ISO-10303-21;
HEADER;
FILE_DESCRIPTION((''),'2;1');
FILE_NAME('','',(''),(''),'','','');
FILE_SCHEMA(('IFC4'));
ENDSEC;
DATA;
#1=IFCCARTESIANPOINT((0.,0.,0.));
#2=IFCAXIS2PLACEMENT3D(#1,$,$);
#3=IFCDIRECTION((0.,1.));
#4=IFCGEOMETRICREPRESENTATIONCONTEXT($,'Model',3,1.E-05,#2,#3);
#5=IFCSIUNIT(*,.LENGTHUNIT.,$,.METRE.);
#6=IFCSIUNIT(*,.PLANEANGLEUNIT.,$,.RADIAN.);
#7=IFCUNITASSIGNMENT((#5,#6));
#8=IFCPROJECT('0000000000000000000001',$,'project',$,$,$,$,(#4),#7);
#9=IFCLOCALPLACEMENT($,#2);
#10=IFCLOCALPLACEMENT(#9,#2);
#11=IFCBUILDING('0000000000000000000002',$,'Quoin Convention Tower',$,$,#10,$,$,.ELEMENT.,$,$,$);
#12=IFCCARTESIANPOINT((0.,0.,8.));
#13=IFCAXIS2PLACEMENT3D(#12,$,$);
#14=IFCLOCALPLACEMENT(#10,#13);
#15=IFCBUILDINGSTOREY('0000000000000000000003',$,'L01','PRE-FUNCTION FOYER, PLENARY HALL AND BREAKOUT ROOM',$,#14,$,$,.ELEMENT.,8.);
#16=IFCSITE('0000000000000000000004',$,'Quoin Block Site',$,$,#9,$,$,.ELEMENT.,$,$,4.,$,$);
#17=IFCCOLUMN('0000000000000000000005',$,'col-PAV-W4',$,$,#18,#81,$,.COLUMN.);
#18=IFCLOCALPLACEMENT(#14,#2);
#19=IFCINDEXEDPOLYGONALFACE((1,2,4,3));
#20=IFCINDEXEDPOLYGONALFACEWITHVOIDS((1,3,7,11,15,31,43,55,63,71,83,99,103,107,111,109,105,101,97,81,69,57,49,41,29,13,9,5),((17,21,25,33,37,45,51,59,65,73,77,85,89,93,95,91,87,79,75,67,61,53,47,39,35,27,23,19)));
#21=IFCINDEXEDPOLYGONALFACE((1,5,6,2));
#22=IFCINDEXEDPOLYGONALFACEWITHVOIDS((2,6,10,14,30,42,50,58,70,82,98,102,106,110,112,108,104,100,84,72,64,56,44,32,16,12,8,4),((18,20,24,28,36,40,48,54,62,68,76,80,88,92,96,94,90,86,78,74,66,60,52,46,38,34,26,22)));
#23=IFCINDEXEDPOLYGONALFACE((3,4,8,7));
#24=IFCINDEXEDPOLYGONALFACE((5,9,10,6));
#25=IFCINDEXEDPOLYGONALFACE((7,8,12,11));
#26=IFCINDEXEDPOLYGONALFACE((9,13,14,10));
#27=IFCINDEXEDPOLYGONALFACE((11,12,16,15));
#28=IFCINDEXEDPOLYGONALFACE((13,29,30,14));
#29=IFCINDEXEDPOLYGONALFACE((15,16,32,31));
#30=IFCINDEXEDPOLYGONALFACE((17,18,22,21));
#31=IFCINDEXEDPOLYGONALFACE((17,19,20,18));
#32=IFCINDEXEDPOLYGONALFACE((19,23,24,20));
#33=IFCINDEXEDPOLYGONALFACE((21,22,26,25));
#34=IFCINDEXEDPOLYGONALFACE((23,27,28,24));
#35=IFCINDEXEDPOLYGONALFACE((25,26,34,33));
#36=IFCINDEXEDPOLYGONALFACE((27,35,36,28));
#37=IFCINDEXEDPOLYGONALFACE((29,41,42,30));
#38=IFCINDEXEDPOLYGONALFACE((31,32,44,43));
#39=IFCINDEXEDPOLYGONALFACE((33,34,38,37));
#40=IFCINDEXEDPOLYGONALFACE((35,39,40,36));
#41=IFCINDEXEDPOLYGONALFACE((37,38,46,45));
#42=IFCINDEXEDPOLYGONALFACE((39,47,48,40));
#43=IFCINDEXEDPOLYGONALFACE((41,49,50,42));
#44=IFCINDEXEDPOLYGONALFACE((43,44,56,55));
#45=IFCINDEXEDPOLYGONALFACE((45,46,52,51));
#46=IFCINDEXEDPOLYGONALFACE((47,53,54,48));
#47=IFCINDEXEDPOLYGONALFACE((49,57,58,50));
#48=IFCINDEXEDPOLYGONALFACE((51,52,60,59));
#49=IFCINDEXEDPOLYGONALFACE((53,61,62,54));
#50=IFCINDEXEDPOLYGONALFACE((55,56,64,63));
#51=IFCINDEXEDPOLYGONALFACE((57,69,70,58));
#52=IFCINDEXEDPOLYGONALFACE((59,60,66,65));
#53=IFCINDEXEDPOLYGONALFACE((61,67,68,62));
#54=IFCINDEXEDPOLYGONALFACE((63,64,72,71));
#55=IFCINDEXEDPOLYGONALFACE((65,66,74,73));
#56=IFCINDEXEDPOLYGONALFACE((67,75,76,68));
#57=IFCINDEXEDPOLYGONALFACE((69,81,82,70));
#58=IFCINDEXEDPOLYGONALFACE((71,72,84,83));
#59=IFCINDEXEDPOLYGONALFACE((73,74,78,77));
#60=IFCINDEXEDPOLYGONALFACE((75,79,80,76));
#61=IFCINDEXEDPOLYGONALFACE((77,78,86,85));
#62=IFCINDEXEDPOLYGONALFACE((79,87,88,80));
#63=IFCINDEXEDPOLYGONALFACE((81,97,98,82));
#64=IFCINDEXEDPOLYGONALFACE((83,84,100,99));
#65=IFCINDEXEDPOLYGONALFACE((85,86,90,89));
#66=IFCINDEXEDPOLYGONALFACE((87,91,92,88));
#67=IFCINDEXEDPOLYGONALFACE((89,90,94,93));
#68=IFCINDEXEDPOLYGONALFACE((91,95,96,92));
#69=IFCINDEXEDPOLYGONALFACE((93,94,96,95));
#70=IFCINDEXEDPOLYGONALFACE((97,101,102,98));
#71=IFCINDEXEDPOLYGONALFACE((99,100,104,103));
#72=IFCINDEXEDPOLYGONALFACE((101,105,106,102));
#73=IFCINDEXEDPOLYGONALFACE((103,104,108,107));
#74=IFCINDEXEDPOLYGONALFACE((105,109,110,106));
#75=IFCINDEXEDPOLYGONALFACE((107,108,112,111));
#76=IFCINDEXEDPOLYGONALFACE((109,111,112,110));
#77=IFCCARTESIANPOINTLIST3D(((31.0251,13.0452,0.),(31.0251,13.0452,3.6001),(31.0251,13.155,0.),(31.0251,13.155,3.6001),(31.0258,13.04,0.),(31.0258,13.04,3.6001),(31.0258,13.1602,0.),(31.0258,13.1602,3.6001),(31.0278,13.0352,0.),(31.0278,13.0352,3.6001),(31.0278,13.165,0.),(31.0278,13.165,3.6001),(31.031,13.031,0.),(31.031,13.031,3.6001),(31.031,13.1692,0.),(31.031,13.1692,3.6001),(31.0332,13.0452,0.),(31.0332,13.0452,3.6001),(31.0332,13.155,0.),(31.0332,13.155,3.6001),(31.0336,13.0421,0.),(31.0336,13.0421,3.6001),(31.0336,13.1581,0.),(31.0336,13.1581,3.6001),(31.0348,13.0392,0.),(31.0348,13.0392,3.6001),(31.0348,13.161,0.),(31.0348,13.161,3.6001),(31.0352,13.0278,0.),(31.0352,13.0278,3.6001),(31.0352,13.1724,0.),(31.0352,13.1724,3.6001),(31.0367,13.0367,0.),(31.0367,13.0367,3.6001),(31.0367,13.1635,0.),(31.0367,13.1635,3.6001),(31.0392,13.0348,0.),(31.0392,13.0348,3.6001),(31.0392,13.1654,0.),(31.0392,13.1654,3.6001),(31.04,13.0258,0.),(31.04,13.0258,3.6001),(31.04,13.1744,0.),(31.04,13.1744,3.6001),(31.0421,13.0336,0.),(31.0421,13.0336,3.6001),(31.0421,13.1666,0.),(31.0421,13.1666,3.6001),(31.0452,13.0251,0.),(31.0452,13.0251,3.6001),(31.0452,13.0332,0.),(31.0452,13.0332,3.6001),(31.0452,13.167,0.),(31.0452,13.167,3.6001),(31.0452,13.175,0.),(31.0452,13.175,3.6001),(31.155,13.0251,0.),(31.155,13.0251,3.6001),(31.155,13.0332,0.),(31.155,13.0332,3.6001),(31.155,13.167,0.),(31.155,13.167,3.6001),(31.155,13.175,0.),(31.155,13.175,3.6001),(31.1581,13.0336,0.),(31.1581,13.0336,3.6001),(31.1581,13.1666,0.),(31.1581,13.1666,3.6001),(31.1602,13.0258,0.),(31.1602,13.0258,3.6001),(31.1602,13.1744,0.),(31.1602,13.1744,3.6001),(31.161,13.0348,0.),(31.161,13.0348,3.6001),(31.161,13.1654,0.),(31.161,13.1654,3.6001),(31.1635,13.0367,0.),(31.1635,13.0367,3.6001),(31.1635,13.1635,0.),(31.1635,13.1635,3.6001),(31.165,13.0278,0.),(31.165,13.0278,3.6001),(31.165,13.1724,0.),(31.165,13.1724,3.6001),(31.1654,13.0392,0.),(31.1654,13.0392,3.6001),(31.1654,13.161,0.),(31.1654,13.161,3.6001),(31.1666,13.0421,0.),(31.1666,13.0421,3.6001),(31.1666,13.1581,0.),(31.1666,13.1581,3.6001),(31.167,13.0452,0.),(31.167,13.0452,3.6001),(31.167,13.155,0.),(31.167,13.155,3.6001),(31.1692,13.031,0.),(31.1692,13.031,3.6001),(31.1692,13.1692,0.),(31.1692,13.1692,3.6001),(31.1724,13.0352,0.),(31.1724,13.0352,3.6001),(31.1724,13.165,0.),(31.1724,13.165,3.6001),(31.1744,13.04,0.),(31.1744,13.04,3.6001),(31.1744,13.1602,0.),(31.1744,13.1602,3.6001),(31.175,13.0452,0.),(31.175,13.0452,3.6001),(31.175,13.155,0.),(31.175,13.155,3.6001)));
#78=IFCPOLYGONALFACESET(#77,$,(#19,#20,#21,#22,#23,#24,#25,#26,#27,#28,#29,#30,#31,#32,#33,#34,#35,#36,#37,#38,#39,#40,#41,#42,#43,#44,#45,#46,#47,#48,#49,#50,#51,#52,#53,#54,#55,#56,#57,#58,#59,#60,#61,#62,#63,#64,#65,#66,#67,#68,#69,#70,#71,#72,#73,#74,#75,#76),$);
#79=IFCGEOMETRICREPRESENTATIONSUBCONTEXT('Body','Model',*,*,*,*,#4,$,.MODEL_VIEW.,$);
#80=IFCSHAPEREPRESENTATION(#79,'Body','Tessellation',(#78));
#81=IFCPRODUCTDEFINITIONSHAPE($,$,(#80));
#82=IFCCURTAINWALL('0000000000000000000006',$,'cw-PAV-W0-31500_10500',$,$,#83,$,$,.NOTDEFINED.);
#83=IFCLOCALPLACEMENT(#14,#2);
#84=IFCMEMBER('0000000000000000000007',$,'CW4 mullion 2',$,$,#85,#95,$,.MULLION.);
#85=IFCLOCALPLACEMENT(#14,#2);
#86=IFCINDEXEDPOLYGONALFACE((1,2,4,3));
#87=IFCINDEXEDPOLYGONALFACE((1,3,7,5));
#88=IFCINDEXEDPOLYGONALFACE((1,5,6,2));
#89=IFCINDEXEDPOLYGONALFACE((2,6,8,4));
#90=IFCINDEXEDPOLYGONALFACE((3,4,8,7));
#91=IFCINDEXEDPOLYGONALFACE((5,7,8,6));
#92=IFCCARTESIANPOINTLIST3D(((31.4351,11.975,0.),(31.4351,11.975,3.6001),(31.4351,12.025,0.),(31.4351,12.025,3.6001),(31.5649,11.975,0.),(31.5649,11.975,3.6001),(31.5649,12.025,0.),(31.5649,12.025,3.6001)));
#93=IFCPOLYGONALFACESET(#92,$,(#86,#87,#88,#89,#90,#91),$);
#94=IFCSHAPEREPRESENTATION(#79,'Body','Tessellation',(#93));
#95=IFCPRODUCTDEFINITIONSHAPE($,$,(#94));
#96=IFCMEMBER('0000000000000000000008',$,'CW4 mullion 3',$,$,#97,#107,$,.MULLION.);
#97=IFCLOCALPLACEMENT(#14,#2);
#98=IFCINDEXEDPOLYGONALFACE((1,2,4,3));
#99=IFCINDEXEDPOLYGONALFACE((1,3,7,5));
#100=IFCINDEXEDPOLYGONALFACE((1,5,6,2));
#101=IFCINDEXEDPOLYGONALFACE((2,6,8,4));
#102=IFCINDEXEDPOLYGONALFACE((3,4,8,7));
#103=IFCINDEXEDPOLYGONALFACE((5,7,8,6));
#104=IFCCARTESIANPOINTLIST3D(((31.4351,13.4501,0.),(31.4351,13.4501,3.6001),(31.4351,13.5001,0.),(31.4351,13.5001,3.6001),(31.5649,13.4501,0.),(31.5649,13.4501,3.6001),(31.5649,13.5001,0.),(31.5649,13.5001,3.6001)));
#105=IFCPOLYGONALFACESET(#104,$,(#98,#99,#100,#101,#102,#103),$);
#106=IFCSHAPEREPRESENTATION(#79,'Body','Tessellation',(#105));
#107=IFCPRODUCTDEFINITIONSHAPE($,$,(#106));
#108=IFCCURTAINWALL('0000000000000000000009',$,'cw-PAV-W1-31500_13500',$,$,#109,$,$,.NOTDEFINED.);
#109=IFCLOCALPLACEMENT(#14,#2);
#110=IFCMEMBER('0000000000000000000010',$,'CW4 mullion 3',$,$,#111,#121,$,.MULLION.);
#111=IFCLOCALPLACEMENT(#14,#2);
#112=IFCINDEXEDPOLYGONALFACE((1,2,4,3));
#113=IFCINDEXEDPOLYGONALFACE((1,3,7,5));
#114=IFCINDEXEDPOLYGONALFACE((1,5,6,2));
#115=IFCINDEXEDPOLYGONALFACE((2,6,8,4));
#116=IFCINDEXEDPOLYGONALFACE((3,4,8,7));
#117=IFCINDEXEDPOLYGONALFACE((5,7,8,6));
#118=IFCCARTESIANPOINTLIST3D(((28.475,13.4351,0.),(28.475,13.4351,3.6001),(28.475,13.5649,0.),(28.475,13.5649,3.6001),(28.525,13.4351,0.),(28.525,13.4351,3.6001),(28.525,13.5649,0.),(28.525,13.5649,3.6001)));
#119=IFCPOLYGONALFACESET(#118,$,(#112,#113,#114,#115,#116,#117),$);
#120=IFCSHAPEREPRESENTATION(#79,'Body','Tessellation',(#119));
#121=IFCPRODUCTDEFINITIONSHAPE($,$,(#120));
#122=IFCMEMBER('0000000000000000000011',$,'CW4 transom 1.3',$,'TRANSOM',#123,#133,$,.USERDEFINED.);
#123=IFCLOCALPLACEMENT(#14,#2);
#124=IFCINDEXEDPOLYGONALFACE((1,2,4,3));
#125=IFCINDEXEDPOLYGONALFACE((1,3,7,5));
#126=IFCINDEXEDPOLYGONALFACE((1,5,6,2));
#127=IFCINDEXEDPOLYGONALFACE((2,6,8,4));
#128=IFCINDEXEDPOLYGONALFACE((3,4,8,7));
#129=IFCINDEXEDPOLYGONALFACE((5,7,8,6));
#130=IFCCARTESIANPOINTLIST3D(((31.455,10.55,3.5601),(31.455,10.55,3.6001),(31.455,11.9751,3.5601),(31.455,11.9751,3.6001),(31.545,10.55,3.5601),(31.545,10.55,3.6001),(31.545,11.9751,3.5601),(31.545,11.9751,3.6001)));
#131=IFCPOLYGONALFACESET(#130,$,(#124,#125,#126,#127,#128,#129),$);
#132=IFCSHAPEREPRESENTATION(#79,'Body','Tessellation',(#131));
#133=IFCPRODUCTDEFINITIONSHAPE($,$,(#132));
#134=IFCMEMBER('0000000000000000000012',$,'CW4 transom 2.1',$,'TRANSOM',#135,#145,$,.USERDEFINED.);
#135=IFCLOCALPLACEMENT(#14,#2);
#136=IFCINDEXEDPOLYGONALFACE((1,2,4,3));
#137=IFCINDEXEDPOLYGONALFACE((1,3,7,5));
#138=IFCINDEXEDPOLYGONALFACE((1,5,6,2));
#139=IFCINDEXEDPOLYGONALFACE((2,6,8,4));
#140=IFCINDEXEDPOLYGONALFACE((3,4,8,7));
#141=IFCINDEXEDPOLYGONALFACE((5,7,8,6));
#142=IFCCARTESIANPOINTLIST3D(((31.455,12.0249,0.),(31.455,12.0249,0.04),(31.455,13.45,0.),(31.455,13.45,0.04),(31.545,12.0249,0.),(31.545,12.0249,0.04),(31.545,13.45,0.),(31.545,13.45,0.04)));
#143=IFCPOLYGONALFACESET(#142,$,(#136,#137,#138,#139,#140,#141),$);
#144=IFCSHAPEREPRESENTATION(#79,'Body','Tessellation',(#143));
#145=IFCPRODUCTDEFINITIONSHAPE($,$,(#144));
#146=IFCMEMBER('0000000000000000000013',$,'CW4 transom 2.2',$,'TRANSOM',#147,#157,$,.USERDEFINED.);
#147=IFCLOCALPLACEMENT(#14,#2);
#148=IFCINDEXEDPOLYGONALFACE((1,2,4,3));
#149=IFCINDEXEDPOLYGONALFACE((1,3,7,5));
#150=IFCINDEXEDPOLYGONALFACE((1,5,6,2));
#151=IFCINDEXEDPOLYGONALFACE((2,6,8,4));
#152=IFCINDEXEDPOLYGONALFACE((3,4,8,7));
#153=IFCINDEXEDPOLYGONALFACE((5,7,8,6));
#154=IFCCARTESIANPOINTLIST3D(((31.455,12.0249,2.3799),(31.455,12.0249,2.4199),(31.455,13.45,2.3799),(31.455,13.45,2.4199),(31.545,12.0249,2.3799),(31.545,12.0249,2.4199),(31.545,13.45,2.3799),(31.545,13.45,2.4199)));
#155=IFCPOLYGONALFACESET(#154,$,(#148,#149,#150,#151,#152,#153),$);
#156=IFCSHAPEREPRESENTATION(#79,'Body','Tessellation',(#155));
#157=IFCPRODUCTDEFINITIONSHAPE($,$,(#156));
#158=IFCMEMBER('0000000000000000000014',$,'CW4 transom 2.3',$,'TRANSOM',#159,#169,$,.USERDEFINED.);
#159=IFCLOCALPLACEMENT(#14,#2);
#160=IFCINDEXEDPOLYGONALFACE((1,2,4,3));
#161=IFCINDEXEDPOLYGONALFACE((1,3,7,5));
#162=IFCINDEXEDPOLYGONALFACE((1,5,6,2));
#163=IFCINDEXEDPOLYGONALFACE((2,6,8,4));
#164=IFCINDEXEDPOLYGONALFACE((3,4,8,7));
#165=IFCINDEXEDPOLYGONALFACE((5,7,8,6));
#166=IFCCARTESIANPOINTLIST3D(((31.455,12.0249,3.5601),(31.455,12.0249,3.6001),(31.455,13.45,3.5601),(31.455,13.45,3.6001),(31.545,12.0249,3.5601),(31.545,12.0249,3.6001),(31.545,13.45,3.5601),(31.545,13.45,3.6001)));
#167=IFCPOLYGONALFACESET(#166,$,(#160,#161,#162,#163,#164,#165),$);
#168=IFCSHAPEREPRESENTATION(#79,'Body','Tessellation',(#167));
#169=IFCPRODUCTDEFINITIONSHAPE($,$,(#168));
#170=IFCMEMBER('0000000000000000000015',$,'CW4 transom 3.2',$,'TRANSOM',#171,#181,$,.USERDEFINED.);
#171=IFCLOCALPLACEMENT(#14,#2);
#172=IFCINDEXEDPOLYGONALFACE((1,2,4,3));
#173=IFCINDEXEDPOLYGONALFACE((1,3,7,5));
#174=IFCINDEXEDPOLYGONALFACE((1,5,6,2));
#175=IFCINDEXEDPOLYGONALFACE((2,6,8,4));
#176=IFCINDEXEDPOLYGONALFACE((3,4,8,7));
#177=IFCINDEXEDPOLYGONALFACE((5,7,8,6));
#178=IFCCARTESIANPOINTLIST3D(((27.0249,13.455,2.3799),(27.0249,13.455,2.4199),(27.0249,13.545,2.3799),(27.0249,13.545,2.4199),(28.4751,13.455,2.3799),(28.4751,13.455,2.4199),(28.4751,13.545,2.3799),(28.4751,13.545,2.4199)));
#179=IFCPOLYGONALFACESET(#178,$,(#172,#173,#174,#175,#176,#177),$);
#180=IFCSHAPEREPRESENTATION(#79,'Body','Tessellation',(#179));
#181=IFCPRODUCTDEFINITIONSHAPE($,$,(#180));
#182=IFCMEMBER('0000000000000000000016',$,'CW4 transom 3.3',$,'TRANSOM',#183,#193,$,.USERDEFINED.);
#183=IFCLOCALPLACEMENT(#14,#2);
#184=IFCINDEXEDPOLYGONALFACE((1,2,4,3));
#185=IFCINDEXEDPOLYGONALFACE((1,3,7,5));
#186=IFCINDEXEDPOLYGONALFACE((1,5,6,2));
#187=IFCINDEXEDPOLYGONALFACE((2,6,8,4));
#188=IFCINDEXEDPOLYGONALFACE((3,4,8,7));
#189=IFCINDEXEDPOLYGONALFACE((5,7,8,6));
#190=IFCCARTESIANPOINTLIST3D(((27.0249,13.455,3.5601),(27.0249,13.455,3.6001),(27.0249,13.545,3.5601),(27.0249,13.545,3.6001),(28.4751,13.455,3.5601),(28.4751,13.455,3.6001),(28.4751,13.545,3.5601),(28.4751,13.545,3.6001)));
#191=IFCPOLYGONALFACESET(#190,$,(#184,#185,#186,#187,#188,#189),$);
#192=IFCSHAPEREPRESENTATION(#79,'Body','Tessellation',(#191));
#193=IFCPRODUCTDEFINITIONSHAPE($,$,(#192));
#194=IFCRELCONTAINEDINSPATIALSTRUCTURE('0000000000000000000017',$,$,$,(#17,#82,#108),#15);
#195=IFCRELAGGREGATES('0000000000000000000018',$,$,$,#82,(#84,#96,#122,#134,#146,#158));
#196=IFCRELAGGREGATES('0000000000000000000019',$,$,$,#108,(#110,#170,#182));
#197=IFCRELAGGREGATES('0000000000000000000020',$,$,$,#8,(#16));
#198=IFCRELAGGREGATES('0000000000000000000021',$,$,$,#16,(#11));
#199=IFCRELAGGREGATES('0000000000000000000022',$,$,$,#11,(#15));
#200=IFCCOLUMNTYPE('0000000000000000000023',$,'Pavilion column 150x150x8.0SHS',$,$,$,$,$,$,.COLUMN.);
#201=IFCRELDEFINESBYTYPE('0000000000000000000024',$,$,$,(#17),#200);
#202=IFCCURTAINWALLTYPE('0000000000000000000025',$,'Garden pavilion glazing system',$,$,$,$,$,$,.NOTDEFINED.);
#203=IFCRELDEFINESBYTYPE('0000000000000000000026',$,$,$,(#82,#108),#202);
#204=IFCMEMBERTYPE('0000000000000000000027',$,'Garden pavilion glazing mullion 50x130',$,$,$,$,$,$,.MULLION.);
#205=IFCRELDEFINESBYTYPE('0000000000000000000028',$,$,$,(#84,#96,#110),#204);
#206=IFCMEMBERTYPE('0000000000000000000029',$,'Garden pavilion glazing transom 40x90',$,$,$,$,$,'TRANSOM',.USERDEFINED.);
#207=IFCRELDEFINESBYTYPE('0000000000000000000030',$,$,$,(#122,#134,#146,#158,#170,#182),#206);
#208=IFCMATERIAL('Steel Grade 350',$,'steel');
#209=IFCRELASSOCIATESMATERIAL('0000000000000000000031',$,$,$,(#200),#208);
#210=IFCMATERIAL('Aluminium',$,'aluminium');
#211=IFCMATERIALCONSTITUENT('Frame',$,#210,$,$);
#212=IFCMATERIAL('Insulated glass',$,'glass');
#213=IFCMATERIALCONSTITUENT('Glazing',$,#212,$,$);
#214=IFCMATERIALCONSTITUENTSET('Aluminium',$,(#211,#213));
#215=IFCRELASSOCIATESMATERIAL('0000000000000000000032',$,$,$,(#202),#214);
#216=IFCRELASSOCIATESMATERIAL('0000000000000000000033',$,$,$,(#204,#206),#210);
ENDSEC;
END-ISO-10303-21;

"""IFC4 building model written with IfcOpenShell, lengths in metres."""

from ifc_helpers import new_model, si_unit, direction, frame, origin, origin_2d, place, context, subcontext, project, spatial, rectangle, hollow_rectangle, extrude, material, constituent, constituent_set, material_profile, profile_set, type_object, element, aggregate, save


model = new_model("IFC4")

# Units and contexts
model_context = context("Model", 3, precision=1e-05, world=origin(), true_north=direction((0.0, 1.0)))
body_context = subcontext(model_context, "Body", "Model", "MODEL_VIEW")
ifc_project = project(units=[si_unit("LENGTHUNIT", "METRE"), si_unit("PLANEANGLEUNIT", "RADIAN")], contexts=[model_context])

# Site, building, storey
site_placement = place(None, origin())
site = spatial("IfcSite", under=ifc_project, at=site_placement, Name="Quoin Block Site", CompositionType="ELEMENT", RefElevation=4.0)
building_placement = place(site_placement, origin())
building = spatial("IfcBuilding", under=site, at=building_placement, Name="Quoin Convention Tower", CompositionType="ELEMENT")
storey_placement = place(building_placement, frame((0.0, 0.0, 8.0)))
storey = spatial("IfcBuildingStorey", under=building, at=storey_placement, Name="L01", Description="PRE-FUNCTION FOYER, PLENARY HALL AND BREAKOUT ROOM", CompositionType="ELEMENT", Elevation=8.0)

# Column
ifc_material_1 = material(Name="Steel Grade 350", Category="steel")
ifc_material_profile_1 = material_profile(ifc_material_1, hollow_rectangle(XDim=0.1499, YDim=0.1499, WallThickness=0.0081, InnerFilletRadius=0.012, OuterFilletRadius=0.02, at=origin_2d()), Name="150x150x8.0SHS")
ifc_profile_set_1 = profile_set([ifc_material_profile_1], Name="Steel Grade 350")
column_type = type_object("IfcColumnType", Name="Pavilion column 150x150x8.0SHS", PredefinedType="COLUMN", material=ifc_profile_set_1)
column_placement = place(storey_placement, frame((31.1001, 13.1001, 0.0), z_axis=(0.0, 0.0, 1.0), x_axis=(1.0, 0.0, 0.0)))
element("IfcColumn", 1, at=column_placement, inside=storey, type_object=column_type, Name="col-PAV-W4", PredefinedType="COLUMN", context=body_context, shape_type="SweptSolid", body=[
    extrude(hollow_rectangle(XDim=0.1499, YDim=0.1499, WallThickness=0.0081, InnerFilletRadius=0.012, OuterFilletRadius=0.02, at=origin_2d()), origin(), (0.0, 0.0, 1.0), 3.6001),
])

# Curtain wall, members
ifc_material_2 = material(Name="Aluminium", Category="aluminium")
ifc_constituent_1 = constituent(ifc_material_2, Name="Frame")
ifc_material_3 = material(Name="Insulated glass", Category="glass")
ifc_constituent_2 = constituent(ifc_material_3, Name="Glazing")
ifc_constituent_set = constituent_set(constituents=[ifc_constituent_1, ifc_constituent_2], Name="Aluminium")
curtain_wall_type = type_object("IfcCurtainWallType", Name="Garden pavilion glazing system", PredefinedType="NOTDEFINED", material=ifc_constituent_set)
curtain_wall_1_placement = place(storey_placement, origin())
curtain_wall_1 = element("IfcCurtainWall", 2, at=curtain_wall_1_placement, inside=storey, type_object=curtain_wall_type, Name="cw-PAV-W0-31500_10500", PredefinedType="NOTDEFINED")
ifc_material_profile_2 = material_profile(ifc_material_2, rectangle(XDim=0.1299, YDim=0.05, at=origin_2d()), Name="Garden pavilion glazing mullion 50x130")
ifc_profile_set_2 = profile_set([ifc_material_profile_2], Name="Aluminium")
member_type_1 = type_object("IfcMemberType", Name="Garden pavilion glazing mullion 50x130", PredefinedType="MULLION", material=ifc_profile_set_2)
member_1_placement = place(storey_placement, frame((31.5, 12.0, 0.0), z_axis=(0.0, 0.0, 1.0), x_axis=(-1.0, 0.0, 0.0)))
member_1 = element("IfcMember", 3, at=member_1_placement, type_object=member_type_1, Name="CW4 mullion 2", PredefinedType="MULLION", context=body_context, shape_type="SweptSolid", body=[
    extrude(rectangle(XDim=0.1299, YDim=0.05, at=origin_2d()), origin(), (0.0, 0.0, 1.0), 3.6001),
])
member_2_placement = place(storey_placement, frame((31.5, 13.4751, 0.0), z_axis=(0.0, 0.0, 1.0), x_axis=(-1.0, 0.0, 0.0)))
member_2 = element("IfcMember", 4, at=member_2_placement, type_object=member_type_1, Name="CW4 mullion 3", PredefinedType="MULLION", context=body_context, shape_type="SweptSolid", body=[
    extrude(rectangle(XDim=0.1299, YDim=0.05, at=origin_2d()), origin(), (0.0, 0.0, 1.0), 3.6001),
])

# Curtain wall, member
curtain_wall_2_placement = place(storey_placement, origin())
curtain_wall_2 = element("IfcCurtainWall", 5, at=curtain_wall_2_placement, inside=storey, type_object=curtain_wall_type, Name="cw-PAV-W1-31500_13500", PredefinedType="NOTDEFINED")
member_3_placement = place(storey_placement, frame((28.5, 13.5, 0.0), z_axis=(0.0, 0.0, 1.0), x_axis=(0.0, -1.0, 0.0)))
member_3 = element("IfcMember", 6, at=member_3_placement, type_object=member_type_1, Name="CW4 mullion 3", PredefinedType="MULLION", context=body_context, shape_type="SweptSolid", body=[
    extrude(rectangle(XDim=0.1299, YDim=0.05, at=origin_2d()), origin(), (0.0, 0.0, 1.0), 3.6001),
])

# Members
ifc_material_profile_3 = material_profile(ifc_material_2, rectangle(XDim=0.0901, YDim=0.04, at=origin_2d()), Name="Garden pavilion glazing transom 40x90")
ifc_profile_set_3 = profile_set([ifc_material_profile_3], Name="Aluminium")
member_type_2 = type_object("IfcMemberType", Name="Garden pavilion glazing transom 40x90", ElementType="TRANSOM", PredefinedType="USERDEFINED", material=ifc_profile_set_3)
member_4_placement = place(storey_placement, frame((31.5, 10.55, 3.5801), z_axis=(0.0, 1.0, 0.0), x_axis=(-1.0, 0.0, 0.0)))
member_4 = element("IfcMember", 7, at=member_4_placement, type_object=member_type_2, Name="CW4 transom 1.3", ObjectType="TRANSOM", PredefinedType="USERDEFINED", context=body_context, shape_type="SweptSolid", body=[
    extrude(rectangle(XDim=0.0901, YDim=0.04, at=origin_2d()), origin(), (0.0, 0.0, 1.0), 1.425),
])
member_5_placement = place(storey_placement, frame((31.5, 12.0249, 0.02), z_axis=(0.0, 1.0, 0.0), x_axis=(-1.0, 0.0, 0.0)))
member_5 = element("IfcMember", 8, at=member_5_placement, type_object=member_type_2, Name="CW4 transom 2.1", ObjectType="TRANSOM", PredefinedType="USERDEFINED", context=body_context, shape_type="SweptSolid", body=[
    extrude(rectangle(XDim=0.0901, YDim=0.04, at=origin_2d()), origin(), (0.0, 0.0, 1.0), 1.425),
])
member_6_placement = place(storey_placement, frame((31.5, 12.0249, 2.3999), z_axis=(0.0, 1.0, 0.0), x_axis=(-1.0, 0.0, 0.0)))
member_6 = element("IfcMember", 9, at=member_6_placement, type_object=member_type_2, Name="CW4 transom 2.2", ObjectType="TRANSOM", PredefinedType="USERDEFINED", context=body_context, shape_type="SweptSolid", body=[
    extrude(rectangle(XDim=0.0901, YDim=0.04, at=origin_2d()), origin(), (0.0, 0.0, 1.0), 1.425),
])
member_7_placement = place(storey_placement, frame((31.5, 12.0249, 3.5801), z_axis=(0.0, 1.0, 0.0), x_axis=(-1.0, 0.0, 0.0)))
member_7 = element("IfcMember", 10, at=member_7_placement, type_object=member_type_2, Name="CW4 transom 2.3", ObjectType="TRANSOM", PredefinedType="USERDEFINED", context=body_context, shape_type="SweptSolid", body=[
    extrude(rectangle(XDim=0.0901, YDim=0.04, at=origin_2d()), origin(), (0.0, 0.0, 1.0), 1.425),
])
member_8_placement = place(storey_placement, frame((28.4751, 13.5, 2.3999), z_axis=(-1.0, 0.0, 0.0), x_axis=(0.0, -1.0, 0.0)))
member_8 = element("IfcMember", 11, at=member_8_placement, type_object=member_type_2, Name="CW4 transom 3.2", ObjectType="TRANSOM", PredefinedType="USERDEFINED", context=body_context, shape_type="SweptSolid", body=[
    extrude(rectangle(XDim=0.0901, YDim=0.04, at=origin_2d()), origin(), (0.0, 0.0, 1.0), 1.4502),
])
member_9_placement = place(storey_placement, frame((28.4751, 13.5, 3.5801), z_axis=(-1.0, 0.0, 0.0), x_axis=(0.0, -1.0, 0.0)))
member_9 = element("IfcMember", 12, at=member_9_placement, type_object=member_type_2, Name="CW4 transom 3.3", ObjectType="TRANSOM", PredefinedType="USERDEFINED", context=body_context, shape_type="SweptSolid", body=[
    extrude(rectangle(XDim=0.0901, YDim=0.04, at=origin_2d()), origin(), (0.0, 0.0, 1.0), 1.4502),
])

aggregate(curtain_wall_1, [member_1, member_2, member_4, member_5, member_6, member_7])
aggregate(curtain_wall_2, [member_3, member_8, member_9])

save(model, "model.ifc")
